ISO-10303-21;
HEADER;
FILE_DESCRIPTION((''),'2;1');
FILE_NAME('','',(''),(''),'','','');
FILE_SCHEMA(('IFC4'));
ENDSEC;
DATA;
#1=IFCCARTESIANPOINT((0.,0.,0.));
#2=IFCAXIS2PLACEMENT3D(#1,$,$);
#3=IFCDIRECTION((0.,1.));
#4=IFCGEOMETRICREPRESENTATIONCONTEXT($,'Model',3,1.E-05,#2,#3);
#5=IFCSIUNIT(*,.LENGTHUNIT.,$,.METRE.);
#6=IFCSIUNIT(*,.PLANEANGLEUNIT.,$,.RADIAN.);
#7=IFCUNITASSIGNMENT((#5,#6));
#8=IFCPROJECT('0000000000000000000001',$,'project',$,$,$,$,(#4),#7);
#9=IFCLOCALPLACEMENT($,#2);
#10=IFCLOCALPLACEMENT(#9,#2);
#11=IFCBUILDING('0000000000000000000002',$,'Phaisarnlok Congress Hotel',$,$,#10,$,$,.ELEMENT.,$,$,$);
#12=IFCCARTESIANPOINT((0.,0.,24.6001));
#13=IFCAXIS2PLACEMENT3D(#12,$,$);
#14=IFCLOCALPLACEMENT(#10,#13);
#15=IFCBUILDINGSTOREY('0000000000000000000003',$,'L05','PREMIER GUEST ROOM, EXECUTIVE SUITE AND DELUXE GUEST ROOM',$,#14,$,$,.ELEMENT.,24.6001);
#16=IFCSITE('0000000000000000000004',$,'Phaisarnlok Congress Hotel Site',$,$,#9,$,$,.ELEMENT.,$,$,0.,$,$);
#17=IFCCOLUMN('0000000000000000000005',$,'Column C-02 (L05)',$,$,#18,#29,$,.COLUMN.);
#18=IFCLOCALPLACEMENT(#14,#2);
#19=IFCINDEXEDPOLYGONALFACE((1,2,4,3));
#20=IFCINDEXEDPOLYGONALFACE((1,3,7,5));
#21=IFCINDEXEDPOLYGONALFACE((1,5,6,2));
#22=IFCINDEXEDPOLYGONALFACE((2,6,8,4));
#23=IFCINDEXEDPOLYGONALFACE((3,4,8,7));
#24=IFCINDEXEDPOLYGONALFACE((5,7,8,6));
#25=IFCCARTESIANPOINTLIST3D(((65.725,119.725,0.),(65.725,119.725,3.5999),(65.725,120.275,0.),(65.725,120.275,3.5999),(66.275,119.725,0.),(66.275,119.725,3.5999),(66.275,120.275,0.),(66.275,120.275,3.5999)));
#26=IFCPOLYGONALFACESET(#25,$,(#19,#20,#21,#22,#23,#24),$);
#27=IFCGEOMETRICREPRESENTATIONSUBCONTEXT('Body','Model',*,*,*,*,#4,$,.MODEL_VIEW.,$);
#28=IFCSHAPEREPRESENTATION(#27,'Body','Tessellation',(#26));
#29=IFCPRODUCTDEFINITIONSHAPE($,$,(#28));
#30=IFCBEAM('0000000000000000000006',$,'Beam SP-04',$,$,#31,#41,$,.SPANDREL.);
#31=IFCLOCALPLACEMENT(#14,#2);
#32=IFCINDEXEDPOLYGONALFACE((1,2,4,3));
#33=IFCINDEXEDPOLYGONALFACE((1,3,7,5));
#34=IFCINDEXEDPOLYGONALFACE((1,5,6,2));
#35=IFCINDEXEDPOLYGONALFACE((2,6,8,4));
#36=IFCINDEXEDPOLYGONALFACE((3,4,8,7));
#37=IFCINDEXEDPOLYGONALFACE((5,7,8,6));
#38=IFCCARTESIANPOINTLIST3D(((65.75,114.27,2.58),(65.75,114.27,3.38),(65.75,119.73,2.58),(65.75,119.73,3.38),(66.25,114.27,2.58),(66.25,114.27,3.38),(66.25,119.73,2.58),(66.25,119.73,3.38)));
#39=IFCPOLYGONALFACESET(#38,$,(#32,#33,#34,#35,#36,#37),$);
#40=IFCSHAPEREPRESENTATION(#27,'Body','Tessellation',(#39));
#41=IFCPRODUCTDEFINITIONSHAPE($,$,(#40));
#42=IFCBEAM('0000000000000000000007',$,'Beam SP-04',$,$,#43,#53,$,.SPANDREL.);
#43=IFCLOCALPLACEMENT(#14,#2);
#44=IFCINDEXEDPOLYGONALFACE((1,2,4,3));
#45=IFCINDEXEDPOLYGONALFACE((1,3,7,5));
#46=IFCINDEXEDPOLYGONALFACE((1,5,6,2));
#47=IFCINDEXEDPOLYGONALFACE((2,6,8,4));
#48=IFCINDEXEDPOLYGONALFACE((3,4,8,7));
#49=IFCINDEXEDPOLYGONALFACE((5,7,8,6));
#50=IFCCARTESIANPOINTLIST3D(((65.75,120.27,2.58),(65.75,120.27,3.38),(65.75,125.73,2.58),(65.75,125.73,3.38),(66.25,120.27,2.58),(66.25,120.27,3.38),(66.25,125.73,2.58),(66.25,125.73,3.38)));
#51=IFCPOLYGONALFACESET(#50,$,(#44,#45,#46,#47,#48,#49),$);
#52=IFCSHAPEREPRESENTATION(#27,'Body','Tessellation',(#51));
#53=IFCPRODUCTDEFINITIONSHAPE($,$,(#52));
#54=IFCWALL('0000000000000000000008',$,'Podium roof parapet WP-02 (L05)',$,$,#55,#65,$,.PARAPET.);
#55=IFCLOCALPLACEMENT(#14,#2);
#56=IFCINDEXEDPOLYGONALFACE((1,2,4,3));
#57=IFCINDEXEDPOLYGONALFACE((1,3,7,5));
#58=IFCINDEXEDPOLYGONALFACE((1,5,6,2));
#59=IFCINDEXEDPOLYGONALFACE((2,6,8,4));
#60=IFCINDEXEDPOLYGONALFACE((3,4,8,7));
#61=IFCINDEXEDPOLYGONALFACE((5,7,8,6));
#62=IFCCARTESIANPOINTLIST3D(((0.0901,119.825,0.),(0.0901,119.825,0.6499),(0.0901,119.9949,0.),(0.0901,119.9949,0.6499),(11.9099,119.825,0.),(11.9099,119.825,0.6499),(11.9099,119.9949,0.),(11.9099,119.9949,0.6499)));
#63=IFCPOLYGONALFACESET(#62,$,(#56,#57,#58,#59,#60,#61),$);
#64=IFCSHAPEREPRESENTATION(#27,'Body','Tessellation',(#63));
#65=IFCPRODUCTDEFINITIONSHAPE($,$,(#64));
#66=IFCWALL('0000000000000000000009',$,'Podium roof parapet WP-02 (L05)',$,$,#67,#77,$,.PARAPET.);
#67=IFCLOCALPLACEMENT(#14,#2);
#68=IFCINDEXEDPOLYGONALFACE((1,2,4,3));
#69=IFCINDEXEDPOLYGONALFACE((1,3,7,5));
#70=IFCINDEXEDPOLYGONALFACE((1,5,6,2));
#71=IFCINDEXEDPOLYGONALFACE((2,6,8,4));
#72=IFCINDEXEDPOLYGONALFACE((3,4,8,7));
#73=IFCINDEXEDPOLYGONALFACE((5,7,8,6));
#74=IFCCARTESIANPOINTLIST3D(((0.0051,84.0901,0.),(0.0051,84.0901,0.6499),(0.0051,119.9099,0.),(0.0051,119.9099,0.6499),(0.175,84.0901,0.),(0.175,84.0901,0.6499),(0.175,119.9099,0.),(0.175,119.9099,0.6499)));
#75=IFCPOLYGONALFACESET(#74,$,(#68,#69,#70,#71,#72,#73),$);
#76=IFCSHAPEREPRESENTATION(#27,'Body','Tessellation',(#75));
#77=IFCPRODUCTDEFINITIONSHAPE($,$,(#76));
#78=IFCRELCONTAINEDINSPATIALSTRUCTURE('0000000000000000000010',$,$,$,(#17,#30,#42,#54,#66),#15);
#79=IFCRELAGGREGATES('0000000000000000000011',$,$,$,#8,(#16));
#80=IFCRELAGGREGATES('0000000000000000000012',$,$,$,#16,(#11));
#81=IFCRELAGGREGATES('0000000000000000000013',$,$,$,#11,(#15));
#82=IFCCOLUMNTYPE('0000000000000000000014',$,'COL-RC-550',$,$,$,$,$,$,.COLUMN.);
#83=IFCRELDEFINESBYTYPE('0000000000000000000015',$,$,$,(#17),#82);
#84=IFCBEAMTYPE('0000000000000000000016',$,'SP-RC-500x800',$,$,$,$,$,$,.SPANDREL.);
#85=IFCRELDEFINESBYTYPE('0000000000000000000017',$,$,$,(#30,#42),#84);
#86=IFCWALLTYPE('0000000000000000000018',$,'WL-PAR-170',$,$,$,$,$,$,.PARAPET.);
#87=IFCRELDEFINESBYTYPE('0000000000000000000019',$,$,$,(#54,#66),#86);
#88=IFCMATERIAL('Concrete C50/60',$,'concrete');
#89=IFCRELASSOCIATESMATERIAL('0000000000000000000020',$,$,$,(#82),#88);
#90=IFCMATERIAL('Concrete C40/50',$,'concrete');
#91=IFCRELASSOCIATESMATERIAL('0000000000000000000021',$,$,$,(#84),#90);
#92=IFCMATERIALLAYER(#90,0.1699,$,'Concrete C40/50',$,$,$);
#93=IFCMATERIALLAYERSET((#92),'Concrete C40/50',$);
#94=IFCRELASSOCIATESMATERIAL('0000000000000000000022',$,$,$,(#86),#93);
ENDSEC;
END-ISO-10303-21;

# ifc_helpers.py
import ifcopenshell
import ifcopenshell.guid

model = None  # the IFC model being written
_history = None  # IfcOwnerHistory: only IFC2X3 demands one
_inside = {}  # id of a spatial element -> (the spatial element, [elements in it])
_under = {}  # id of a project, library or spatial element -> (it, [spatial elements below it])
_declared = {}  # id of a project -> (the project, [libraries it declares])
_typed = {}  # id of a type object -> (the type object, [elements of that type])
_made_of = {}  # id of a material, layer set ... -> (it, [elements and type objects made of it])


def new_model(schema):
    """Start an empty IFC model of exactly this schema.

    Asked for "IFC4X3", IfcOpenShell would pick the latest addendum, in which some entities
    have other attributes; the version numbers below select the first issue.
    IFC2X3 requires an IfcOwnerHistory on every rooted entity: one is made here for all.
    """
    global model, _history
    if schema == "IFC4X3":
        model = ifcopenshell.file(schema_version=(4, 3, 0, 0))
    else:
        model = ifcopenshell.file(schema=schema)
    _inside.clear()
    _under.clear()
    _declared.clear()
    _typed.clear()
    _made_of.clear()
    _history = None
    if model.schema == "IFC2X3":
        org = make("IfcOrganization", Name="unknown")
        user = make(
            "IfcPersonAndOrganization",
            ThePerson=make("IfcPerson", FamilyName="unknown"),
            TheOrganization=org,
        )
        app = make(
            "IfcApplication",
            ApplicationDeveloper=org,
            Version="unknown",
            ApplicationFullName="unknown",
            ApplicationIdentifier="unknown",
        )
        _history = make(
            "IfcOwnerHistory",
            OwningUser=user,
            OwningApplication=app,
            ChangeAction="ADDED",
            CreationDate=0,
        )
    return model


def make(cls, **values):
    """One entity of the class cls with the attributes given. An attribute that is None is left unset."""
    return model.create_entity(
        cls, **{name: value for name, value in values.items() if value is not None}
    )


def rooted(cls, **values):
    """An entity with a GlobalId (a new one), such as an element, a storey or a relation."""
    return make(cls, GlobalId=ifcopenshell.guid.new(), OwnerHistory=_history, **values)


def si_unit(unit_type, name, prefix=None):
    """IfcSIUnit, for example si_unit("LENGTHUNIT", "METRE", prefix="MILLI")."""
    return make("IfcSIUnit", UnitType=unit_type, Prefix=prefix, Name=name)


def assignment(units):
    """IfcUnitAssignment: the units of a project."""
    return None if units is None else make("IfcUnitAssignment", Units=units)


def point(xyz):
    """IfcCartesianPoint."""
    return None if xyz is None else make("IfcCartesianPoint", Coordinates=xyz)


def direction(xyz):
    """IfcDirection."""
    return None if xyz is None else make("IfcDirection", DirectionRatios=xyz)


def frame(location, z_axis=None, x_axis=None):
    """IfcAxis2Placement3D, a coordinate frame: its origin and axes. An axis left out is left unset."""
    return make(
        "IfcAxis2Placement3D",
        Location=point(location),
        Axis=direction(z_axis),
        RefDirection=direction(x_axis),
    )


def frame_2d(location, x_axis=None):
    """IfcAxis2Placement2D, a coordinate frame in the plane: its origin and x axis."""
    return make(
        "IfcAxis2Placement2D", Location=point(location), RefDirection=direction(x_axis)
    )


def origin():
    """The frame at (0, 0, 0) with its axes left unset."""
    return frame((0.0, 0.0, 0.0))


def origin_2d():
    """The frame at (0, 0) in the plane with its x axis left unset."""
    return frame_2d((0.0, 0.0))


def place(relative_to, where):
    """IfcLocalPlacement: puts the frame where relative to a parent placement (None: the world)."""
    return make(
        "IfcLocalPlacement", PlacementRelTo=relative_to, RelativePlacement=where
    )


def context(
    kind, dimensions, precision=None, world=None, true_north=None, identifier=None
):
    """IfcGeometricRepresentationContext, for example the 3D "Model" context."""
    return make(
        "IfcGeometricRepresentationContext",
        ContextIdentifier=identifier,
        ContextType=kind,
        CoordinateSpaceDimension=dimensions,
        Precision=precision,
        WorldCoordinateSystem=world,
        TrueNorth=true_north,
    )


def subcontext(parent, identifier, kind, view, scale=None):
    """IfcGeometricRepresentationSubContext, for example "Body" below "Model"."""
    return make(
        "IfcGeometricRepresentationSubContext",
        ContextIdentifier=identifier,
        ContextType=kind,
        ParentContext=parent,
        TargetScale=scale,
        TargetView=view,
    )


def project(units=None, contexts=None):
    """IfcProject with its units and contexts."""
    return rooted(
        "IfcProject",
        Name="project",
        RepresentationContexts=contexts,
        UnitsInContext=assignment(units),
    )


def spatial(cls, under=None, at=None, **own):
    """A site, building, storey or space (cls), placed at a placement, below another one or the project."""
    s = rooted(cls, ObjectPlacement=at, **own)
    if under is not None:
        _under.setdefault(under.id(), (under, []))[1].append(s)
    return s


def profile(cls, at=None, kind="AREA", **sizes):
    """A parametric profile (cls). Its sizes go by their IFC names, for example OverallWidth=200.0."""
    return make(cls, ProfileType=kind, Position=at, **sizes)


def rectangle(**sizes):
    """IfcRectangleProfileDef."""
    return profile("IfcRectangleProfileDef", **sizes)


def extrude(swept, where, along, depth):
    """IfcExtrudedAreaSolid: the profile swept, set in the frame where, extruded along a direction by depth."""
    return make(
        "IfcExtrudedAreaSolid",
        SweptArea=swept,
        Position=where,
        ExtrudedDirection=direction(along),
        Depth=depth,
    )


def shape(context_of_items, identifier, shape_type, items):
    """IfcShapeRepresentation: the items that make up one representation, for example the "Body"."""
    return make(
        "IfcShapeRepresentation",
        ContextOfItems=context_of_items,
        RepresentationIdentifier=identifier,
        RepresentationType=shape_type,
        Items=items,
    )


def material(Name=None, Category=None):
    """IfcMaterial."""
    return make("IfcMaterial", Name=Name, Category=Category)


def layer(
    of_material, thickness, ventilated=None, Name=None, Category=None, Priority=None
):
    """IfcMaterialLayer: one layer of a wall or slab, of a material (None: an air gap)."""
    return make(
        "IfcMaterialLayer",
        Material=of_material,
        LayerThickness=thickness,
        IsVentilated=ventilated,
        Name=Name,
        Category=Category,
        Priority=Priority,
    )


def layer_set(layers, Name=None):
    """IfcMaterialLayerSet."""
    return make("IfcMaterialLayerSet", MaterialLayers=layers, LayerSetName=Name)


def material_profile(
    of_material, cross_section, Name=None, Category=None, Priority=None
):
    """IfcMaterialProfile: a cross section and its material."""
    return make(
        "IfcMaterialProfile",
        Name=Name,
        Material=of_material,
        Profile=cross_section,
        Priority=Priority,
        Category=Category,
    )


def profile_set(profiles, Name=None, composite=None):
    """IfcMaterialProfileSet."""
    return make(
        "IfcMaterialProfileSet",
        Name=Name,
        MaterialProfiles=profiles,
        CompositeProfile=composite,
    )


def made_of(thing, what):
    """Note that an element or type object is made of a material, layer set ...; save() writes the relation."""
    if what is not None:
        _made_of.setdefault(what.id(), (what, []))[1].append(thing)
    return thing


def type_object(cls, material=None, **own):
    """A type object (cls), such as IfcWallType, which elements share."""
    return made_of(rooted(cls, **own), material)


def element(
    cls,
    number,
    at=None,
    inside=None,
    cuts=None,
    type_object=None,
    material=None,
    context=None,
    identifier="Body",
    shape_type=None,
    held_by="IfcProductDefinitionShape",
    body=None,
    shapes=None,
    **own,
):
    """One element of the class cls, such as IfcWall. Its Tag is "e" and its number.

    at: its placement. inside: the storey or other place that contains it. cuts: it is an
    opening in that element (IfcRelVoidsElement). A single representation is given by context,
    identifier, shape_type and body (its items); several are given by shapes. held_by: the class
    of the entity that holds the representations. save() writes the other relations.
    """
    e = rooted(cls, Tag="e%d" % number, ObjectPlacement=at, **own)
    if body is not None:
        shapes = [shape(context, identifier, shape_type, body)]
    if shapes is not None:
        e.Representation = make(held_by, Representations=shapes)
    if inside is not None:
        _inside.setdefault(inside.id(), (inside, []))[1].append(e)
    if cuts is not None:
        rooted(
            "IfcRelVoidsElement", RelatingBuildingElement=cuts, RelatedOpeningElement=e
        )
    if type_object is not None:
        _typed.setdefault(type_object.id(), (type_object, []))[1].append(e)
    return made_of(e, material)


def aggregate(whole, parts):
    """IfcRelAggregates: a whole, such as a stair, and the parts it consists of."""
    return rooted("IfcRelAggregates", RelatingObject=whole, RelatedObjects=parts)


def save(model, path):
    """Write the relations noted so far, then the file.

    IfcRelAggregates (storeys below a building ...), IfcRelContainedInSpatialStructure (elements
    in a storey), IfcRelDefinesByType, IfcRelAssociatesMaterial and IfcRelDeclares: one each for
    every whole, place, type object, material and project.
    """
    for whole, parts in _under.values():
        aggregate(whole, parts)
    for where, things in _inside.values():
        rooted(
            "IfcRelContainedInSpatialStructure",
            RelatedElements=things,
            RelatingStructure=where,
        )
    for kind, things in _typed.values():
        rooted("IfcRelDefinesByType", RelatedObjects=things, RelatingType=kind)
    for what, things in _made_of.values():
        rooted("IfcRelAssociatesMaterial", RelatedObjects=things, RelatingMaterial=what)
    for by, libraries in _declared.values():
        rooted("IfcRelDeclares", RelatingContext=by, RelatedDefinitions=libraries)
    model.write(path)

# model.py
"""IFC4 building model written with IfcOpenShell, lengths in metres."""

from ifc_helpers import new_model, si_unit, direction, frame, frame_2d, origin, origin_2d, place, context, subcontext, project, spatial, rectangle, extrude, material, layer, layer_set, material_profile, profile_set, type_object, element, save


model = new_model("IFC4")

# Units and contexts
model_context = context("Model", 3, precision=1e-05, world=origin(), true_north=direction((0.0, 1.0)))
body_context = subcontext(model_context, "Body", "Model", "MODEL_VIEW")
ifc_project = project(units=[si_unit("LENGTHUNIT", "METRE"), si_unit("PLANEANGLEUNIT", "RADIAN")], contexts=[model_context])

# Site, building, storey
site_placement = place(None, origin())
site = spatial("IfcSite", under=ifc_project, at=site_placement, Name="Phaisarnlok Congress Hotel Site", CompositionType="ELEMENT", RefElevation=0.0)
building_placement = place(site_placement, origin())
building = spatial("IfcBuilding", under=site, at=building_placement, Name="Phaisarnlok Congress Hotel", CompositionType="ELEMENT")
storey_placement = place(building_placement, frame((0.0, 0.0, 24.6001)))
storey = spatial("IfcBuildingStorey", under=building, at=storey_placement, Name="L05", Description="PREMIER GUEST ROOM, EXECUTIVE SUITE AND DELUXE GUEST ROOM", CompositionType="ELEMENT", Elevation=24.6001)

# Column
ifc_material_1 = material(Name="Concrete C50/60", Category="concrete")
ifc_material_profile_1 = material_profile(ifc_material_1, rectangle(XDim=0.55, YDim=0.55, at=origin_2d()), Name="RC 550x550")
ifc_profile_set_1 = profile_set([ifc_material_profile_1], Name="Concrete C50/60")
column_type = type_object("IfcColumnType", Name="COL-RC-550", PredefinedType="COLUMN", material=ifc_profile_set_1)
column_placement = place(storey_placement, frame((66.0, 120.0, 0.0), z_axis=(0.0, 0.0, 1.0), x_axis=(1.0, 0.0, 0.0)))
element("IfcColumn", 1, at=column_placement, inside=storey, type_object=column_type, Name="Column C-02 (L05)", PredefinedType="COLUMN", context=body_context, shape_type="SweptSolid", body=[
    extrude(rectangle(XDim=0.55, YDim=0.55, at=origin_2d()), origin(), (0.0, 0.0, 1.0), 3.5999),
])

# Beams
ifc_material_2 = material(Name="Concrete C40/50", Category="concrete")
ifc_material_profile_2 = material_profile(ifc_material_2, rectangle(XDim=0.5, YDim=0.8, at=origin_2d()), Name="RC 500x800")
ifc_profile_set_2 = profile_set([ifc_material_profile_2], Name="Concrete C40/50")
beam_type = type_object("IfcBeamType", Name="SP-RC-500x800", PredefinedType="SPANDREL", material=ifc_profile_set_2)
for number, where, z_axis, x_axis, name in (
    (2, (66.0, 114.27, 2.98), (0.0, 1.0, 0.0), (-1.0, 0.0, 0.0), "Beam SP-04"),
    (3, (66.0, 120.27, 2.98), (0.0, 1.0, 0.0), (-1.0, 0.0, 0.0), "Beam SP-04"),
):
    element("IfcBeam", number, at=place(storey_placement, frame(where, z_axis=z_axis, x_axis=x_axis)), inside=storey, type_object=beam_type, Name=name, PredefinedType="SPANDREL", context=body_context, shape_type="SweptSolid", body=[
        extrude(rectangle(XDim=0.5, YDim=0.8, at=origin_2d()), origin(), (0.0, 0.0, 1.0), 5.46),
    ])

# Walls
ifc_layer = layer(ifc_material_2, 0.1699, Name="Concrete C40/50")
ifc_layer_set = layer_set([ifc_layer], Name="Concrete C40/50")
wall_type = type_object("IfcWallType", Name="WL-PAR-170", PredefinedType="PARAPET", material=ifc_layer_set)
wall_1_placement = place(storey_placement, frame((11.9099, 119.9099, 0.0), z_axis=(0.0, 0.0, 1.0), x_axis=(-1.0, 0.0, 0.0)))
element("IfcWall", 4, at=wall_1_placement, inside=storey, type_object=wall_type, Name="Podium roof parapet WP-02 (L05)", PredefinedType="PARAPET", context=body_context, shape_type="SweptSolid", body=[
    extrude(rectangle(XDim=11.8198, YDim=0.1699, at=frame_2d((5.9099, 0.0))), origin(), (0.0, 0.0, 1.0), 0.6499),
])
wall_2_placement = place(storey_placement, frame((0.0901, 119.9099, 0.0), z_axis=(0.0, 0.0, 1.0), x_axis=(0.0, -1.0, 0.0)))
element("IfcWall", 5, at=wall_2_placement, inside=storey, type_object=wall_type, Name="Podium roof parapet WP-02 (L05)", PredefinedType="PARAPET", context=body_context, shape_type="SweptSolid", body=[
    extrude(rectangle(XDim=35.8198, YDim=0.1699, at=frame_2d((17.9099, 0.0))), origin(), (0.0, 0.0, 1.0), 0.6499),
])

save(model, "model.ifc")
